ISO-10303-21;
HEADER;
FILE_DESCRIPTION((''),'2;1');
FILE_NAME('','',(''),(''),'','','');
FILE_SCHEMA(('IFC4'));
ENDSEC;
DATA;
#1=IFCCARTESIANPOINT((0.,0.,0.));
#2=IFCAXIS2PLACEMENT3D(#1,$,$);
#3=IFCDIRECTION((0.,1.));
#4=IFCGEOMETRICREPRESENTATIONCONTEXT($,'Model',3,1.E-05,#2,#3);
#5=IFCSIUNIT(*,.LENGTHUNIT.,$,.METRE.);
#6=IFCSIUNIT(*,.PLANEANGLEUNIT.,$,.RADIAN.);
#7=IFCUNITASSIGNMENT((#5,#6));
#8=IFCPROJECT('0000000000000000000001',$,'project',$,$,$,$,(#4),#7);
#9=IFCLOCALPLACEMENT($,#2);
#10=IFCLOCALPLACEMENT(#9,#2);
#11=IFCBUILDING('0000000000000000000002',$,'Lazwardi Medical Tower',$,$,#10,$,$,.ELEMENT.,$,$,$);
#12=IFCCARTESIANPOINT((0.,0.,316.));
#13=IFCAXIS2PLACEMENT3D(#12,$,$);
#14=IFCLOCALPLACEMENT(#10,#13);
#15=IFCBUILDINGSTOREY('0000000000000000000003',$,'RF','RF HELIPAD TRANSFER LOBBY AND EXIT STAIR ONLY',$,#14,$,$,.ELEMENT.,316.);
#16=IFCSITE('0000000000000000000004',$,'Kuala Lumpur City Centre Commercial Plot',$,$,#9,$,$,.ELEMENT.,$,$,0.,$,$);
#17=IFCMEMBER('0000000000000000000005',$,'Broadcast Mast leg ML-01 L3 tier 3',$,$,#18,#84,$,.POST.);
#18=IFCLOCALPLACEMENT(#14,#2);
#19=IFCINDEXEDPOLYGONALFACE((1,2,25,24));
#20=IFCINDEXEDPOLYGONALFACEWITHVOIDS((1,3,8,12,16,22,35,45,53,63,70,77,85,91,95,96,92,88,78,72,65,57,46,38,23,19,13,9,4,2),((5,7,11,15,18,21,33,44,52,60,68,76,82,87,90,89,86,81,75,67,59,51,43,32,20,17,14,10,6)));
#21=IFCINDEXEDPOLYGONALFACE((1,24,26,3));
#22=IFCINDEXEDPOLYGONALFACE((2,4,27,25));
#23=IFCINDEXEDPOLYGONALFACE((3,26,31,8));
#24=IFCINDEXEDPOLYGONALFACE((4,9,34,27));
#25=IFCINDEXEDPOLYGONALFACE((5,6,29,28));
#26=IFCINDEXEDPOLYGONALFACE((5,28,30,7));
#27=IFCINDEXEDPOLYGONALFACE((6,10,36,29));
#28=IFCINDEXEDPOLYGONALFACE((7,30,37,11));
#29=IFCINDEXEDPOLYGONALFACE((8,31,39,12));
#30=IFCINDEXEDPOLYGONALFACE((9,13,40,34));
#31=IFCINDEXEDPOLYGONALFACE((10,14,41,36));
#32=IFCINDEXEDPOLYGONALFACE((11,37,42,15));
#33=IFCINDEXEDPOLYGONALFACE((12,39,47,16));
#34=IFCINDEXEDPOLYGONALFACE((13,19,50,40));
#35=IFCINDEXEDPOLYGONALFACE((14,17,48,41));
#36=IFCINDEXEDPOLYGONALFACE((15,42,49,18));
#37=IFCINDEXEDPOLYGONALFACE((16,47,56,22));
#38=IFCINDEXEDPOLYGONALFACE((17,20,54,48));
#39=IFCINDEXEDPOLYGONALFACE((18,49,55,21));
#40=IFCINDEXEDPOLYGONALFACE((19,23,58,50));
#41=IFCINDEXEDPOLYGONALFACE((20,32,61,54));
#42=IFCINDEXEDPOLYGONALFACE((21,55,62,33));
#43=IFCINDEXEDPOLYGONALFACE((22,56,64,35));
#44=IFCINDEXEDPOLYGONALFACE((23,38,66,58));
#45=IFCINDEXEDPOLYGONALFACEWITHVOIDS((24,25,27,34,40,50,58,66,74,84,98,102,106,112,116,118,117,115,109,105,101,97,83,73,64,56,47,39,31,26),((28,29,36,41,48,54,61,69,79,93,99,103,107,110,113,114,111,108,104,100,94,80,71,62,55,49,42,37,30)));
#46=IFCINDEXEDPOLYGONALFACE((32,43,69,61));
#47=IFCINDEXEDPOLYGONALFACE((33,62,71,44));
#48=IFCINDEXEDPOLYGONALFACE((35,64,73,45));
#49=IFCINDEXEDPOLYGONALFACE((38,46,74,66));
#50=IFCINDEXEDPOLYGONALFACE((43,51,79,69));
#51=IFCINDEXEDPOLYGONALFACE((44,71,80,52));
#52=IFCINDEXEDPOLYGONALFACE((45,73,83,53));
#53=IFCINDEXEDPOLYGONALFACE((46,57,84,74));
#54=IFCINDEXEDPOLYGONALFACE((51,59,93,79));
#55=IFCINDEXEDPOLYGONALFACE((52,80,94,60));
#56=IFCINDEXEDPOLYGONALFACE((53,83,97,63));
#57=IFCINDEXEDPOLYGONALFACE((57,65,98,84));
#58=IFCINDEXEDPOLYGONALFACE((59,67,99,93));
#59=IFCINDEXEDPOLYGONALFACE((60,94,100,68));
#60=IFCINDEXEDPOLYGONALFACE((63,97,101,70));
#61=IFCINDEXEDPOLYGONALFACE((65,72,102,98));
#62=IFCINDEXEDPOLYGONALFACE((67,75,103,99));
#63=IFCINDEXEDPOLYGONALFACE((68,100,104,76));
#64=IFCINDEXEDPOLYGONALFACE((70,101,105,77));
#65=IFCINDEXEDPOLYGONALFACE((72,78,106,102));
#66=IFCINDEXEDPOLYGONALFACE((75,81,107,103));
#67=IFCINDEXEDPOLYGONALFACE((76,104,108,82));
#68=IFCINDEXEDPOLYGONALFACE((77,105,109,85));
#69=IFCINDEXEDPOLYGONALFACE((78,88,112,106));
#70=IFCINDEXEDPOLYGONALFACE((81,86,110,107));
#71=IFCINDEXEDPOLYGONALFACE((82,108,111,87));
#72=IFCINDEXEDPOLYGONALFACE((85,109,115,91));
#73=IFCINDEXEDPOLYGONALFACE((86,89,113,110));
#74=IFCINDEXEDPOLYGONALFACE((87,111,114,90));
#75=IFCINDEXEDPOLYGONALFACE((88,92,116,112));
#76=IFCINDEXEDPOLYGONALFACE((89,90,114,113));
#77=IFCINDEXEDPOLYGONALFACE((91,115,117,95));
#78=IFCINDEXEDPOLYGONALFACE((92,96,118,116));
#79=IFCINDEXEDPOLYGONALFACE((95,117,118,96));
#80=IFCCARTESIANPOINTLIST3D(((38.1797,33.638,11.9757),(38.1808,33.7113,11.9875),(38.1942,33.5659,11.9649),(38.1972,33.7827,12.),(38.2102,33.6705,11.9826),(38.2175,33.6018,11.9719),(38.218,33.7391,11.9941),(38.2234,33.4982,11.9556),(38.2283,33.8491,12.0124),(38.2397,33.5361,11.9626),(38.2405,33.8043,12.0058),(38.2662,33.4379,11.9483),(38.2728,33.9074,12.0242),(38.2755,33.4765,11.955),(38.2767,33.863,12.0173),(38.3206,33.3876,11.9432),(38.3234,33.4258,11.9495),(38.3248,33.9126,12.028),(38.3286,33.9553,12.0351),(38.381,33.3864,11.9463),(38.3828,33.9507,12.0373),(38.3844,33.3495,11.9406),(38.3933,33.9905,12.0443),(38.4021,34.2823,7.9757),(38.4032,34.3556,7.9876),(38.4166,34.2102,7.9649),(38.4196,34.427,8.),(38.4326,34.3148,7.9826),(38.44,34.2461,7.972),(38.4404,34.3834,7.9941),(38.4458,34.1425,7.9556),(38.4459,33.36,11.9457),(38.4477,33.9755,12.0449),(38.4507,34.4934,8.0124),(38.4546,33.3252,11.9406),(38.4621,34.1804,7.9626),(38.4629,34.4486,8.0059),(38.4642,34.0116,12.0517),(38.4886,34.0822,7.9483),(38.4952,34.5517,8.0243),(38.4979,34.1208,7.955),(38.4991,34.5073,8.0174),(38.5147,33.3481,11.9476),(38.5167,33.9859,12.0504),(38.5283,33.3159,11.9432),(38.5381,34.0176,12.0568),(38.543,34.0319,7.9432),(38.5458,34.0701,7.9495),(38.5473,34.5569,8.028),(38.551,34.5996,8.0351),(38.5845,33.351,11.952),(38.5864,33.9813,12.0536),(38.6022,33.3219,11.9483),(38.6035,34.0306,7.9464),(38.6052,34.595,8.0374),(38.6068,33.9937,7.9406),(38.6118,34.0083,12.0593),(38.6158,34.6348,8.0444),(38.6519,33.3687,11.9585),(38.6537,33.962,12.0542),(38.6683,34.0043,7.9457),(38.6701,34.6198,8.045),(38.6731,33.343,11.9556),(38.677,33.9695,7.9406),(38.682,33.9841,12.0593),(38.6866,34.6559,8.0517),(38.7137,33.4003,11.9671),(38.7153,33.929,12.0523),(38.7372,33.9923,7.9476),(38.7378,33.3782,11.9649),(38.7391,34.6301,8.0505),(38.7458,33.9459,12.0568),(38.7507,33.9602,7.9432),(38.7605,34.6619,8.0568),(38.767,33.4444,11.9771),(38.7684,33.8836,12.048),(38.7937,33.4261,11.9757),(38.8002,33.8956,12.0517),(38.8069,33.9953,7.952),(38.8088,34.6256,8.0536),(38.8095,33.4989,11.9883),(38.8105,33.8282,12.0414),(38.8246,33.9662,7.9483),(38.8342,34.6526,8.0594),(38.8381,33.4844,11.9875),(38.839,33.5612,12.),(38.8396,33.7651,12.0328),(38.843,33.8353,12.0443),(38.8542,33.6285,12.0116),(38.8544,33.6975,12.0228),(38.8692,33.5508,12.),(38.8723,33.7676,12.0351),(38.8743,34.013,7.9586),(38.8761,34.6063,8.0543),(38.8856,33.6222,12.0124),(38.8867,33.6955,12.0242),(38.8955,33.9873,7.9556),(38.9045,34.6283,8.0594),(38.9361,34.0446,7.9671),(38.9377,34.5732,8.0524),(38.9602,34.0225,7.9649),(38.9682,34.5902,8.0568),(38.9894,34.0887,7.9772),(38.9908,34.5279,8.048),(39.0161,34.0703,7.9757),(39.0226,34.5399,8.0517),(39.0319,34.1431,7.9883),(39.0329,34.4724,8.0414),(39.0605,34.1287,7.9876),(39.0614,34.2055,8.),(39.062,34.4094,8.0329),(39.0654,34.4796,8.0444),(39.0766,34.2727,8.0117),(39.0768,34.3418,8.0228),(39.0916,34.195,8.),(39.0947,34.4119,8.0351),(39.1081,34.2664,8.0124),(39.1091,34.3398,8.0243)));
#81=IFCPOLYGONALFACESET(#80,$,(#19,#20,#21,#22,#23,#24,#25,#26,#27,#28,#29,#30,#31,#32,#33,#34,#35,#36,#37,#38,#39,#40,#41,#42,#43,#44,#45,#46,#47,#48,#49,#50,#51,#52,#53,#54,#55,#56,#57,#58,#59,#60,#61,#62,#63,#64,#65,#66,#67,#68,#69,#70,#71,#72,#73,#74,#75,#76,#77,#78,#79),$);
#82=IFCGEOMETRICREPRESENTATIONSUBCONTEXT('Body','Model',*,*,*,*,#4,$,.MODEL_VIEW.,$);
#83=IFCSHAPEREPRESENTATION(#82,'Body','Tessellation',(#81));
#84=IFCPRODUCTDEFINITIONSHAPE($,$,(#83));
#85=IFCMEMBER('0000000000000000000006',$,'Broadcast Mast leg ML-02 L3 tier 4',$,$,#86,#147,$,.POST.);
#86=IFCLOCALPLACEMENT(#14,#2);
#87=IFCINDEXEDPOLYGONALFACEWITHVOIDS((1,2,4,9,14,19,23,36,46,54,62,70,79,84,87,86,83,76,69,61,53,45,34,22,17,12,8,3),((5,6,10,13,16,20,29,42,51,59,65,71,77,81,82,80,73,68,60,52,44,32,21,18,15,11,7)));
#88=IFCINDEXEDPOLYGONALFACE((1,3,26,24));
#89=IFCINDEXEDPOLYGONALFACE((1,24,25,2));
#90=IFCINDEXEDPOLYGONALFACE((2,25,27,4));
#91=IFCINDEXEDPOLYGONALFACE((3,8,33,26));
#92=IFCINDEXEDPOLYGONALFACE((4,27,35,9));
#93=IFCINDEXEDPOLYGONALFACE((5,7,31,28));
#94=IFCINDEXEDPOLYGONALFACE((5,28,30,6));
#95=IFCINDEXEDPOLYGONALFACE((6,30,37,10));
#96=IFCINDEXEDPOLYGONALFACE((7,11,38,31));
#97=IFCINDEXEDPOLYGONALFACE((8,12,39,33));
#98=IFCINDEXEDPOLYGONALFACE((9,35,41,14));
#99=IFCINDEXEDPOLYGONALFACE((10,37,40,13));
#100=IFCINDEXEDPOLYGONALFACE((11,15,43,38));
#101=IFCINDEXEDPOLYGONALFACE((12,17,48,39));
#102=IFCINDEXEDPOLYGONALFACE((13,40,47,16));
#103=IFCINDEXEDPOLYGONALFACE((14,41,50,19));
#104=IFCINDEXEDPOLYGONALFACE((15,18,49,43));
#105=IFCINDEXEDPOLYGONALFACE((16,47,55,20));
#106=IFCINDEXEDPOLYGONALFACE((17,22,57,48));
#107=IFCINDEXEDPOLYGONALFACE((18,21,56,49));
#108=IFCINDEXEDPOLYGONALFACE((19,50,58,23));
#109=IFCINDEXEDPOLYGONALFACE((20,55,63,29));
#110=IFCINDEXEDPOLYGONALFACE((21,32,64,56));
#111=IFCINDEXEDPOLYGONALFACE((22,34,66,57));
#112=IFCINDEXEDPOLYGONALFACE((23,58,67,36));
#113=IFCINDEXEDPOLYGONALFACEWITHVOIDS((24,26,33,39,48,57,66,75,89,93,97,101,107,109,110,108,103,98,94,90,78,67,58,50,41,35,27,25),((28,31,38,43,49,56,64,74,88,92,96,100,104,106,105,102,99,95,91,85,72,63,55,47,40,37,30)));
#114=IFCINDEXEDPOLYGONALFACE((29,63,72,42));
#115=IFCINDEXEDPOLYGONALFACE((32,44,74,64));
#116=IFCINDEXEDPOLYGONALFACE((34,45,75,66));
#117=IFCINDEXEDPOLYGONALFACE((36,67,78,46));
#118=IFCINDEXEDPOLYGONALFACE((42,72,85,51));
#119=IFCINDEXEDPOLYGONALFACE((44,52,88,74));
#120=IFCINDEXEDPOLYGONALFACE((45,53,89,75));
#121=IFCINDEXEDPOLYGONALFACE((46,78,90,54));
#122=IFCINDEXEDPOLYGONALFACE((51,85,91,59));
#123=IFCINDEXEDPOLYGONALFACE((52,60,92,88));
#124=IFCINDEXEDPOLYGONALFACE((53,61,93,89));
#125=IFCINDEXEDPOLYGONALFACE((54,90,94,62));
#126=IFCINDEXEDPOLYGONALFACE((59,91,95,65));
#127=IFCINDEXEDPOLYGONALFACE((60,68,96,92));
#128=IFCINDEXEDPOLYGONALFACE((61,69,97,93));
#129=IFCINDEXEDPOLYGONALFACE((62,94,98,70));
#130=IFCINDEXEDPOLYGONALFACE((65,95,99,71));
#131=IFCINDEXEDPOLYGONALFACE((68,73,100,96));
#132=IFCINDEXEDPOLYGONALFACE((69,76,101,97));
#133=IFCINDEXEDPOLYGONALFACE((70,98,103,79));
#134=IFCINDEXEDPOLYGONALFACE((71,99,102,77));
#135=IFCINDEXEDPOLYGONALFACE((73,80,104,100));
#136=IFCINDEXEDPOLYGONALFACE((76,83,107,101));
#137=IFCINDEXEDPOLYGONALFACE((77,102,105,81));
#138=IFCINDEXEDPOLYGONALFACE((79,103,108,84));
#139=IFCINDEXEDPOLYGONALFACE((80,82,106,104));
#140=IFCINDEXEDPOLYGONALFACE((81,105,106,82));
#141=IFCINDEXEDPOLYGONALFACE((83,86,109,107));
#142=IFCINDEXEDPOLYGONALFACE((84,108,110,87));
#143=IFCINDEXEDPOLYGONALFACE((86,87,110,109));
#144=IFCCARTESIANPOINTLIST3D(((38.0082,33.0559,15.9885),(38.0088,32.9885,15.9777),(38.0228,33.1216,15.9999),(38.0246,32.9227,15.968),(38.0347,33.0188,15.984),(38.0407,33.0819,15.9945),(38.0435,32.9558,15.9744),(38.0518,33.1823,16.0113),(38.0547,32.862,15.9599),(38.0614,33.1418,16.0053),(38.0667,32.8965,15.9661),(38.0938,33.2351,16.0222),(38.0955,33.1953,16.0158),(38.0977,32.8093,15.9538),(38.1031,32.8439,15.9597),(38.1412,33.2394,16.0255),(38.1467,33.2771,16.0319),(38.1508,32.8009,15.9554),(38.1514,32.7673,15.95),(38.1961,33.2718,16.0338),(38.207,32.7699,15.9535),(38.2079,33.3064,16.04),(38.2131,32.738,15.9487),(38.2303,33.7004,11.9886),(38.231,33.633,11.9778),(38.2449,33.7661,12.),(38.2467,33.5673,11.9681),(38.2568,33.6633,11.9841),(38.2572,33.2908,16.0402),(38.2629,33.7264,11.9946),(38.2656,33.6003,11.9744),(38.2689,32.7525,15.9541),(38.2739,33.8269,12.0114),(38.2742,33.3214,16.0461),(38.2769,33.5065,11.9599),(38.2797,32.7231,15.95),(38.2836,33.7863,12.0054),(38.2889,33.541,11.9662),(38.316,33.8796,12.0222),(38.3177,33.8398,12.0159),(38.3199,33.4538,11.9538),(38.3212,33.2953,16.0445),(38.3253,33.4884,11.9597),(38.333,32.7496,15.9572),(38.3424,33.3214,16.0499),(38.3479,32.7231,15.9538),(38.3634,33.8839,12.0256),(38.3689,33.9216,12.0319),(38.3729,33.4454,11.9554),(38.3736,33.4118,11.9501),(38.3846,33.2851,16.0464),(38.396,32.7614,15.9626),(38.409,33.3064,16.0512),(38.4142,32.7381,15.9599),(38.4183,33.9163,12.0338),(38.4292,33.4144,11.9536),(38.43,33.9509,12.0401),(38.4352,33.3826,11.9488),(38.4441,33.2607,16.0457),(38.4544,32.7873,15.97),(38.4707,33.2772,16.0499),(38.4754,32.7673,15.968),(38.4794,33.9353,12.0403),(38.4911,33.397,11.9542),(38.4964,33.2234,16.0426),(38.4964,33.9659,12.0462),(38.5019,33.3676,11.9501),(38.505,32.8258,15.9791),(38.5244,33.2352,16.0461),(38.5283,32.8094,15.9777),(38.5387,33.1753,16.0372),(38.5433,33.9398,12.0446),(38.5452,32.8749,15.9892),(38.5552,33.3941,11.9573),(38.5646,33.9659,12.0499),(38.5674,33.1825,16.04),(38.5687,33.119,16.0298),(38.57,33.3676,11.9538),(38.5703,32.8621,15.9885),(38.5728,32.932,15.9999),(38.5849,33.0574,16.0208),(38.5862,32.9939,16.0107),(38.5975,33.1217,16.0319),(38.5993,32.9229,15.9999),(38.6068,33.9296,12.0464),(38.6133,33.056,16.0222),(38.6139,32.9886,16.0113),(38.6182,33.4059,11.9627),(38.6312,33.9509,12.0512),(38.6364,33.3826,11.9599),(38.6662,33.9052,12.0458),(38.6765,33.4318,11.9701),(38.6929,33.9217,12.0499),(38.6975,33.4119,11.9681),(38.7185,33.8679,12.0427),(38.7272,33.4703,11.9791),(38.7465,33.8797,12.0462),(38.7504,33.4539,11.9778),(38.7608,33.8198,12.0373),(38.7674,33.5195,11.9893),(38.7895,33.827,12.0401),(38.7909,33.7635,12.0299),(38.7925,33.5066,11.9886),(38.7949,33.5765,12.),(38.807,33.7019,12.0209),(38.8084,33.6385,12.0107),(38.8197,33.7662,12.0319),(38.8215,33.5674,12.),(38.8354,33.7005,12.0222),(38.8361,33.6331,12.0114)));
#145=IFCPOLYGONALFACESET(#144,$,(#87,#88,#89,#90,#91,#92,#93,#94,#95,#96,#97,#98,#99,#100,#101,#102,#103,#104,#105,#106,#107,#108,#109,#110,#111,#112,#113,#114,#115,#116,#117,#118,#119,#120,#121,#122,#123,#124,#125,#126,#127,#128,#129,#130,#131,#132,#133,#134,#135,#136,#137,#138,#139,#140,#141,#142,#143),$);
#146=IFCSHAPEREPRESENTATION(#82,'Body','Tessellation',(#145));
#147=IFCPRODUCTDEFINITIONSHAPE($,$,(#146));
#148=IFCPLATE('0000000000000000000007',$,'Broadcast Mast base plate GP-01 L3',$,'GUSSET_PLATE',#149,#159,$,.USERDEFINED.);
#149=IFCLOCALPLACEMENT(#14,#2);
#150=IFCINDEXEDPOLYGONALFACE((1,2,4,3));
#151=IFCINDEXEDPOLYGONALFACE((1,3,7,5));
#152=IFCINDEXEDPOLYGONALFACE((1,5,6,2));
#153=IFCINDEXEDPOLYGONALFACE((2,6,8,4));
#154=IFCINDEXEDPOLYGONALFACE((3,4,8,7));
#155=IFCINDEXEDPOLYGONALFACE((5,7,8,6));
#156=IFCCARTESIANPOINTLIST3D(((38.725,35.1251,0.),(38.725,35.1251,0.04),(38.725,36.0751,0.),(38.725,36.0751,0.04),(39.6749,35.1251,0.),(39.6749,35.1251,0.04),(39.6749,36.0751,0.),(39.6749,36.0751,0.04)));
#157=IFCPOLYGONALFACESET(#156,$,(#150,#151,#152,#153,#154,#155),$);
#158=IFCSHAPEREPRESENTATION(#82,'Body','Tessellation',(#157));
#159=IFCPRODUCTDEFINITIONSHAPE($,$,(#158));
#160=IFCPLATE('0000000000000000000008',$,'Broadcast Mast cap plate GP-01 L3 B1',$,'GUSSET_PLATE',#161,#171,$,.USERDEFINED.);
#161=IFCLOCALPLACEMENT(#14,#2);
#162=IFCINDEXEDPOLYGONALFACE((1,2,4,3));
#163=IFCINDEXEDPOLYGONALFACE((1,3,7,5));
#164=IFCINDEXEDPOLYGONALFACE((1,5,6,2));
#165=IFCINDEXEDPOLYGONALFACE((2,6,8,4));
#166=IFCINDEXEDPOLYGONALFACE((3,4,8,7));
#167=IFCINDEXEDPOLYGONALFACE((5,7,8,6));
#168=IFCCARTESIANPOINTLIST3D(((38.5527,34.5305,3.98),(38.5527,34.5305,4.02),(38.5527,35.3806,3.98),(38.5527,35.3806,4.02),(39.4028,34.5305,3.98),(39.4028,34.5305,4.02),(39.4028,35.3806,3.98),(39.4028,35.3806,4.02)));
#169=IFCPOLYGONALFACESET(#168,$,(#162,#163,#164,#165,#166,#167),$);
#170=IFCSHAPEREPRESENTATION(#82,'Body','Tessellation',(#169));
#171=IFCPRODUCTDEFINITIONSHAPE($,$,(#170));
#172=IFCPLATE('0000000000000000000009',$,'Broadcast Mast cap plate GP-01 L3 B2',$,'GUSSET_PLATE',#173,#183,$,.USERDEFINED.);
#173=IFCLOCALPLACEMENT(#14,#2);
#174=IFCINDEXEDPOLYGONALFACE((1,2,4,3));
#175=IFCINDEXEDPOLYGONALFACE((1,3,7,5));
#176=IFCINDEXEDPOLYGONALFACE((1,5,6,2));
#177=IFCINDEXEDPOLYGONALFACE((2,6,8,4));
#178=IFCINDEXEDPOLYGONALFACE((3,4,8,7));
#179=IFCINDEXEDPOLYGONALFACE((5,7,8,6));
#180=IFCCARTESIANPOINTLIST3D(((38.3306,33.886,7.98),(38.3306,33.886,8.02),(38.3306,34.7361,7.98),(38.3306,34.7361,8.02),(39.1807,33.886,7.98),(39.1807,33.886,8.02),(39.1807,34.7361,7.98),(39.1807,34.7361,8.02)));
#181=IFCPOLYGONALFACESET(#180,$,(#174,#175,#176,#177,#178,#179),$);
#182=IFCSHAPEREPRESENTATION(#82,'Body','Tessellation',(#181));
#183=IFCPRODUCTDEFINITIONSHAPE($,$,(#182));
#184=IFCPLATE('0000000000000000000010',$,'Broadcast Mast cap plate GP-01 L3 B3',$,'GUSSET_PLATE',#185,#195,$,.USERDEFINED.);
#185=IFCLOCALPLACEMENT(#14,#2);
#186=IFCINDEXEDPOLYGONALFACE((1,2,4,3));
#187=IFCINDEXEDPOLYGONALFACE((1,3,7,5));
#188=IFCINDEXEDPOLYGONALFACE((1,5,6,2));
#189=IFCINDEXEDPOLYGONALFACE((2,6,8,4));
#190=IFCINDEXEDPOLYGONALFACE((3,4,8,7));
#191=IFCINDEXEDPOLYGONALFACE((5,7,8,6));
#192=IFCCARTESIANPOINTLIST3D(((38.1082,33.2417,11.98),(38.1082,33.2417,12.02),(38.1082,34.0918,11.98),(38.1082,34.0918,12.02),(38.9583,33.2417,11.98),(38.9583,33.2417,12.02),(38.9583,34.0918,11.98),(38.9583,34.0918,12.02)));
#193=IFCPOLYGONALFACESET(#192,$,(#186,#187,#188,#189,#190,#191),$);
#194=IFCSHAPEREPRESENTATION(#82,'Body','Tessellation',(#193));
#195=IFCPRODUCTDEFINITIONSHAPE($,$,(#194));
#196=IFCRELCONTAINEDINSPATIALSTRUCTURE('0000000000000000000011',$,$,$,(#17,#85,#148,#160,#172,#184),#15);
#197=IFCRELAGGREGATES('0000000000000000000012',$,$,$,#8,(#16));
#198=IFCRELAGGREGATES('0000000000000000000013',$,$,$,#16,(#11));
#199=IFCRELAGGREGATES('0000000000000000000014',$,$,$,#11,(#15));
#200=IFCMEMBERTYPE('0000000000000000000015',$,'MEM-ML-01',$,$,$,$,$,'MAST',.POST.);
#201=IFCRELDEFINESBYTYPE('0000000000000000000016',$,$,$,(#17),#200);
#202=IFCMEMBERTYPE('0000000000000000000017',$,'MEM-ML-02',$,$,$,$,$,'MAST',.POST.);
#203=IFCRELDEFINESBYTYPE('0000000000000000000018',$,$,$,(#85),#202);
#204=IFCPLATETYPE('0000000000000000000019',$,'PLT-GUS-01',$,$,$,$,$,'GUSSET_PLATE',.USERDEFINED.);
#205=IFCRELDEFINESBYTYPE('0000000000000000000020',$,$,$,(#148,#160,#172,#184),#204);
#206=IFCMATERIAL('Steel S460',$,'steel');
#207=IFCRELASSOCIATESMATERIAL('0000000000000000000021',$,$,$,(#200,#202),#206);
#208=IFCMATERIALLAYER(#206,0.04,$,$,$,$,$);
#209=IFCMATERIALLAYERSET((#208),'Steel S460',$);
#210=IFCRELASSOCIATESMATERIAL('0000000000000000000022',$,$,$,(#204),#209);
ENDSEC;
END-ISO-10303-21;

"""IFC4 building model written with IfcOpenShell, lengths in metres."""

from ifc_helpers import new_model, si_unit, direction, frame, origin, origin_2d, place, context, subcontext, project, spatial, rectangle, hollow_circle, extrude, material, layer, layer_set, material_profile, profile_set, type_object, element, save


model = new_model("IFC4")

# Units and contexts
model_context = context("Model", 3, precision=1e-05, world=origin(), true_north=direction((0.0, 1.0)))
body_context = subcontext(model_context, "Body", "Model", "MODEL_VIEW")
ifc_project = project(units=[si_unit("LENGTHUNIT", "METRE"), si_unit("PLANEANGLEUNIT", "RADIAN")], contexts=[model_context])

# Site, building, storey
site_placement = place(None, origin())
site = spatial("IfcSite", under=ifc_project, at=site_placement, Name="Kuala Lumpur City Centre Commercial Plot", CompositionType="ELEMENT", RefElevation=0.0)
building_placement = place(site_placement, origin())
building = spatial("IfcBuilding", under=site, at=building_placement, Name="Lazwardi Medical Tower", CompositionType="ELEMENT")
storey_placement = place(building_placement, frame((0.0, 0.0, 316.0)))
storey = spatial("IfcBuildingStorey", under=building, at=storey_placement, Name="RF", Description="RF HELIPAD TRANSFER LOBBY AND EXIT STAIR ONLY", CompositionType="ELEMENT", Elevation=316.0)

# Members
ifc_material_1 = material(Name="Steel S460", Category="steel")
ifc_material_profile_1 = material_profile(ifc_material_1, hollow_circle(Radius=0.3555, WallThickness=0.032, at=origin_2d()), Name="CHS 711x32")
ifc_profile_set_1 = profile_set([ifc_material_profile_1], Name="Steel S460")
member_type_1 = type_object("IfcMemberType", Name="MEM-ML-01", ElementType="MAST", PredefinedType="POST", material=ifc_profile_set_1)
for number, where, z_axis, x_axis, name in (
    (1, (38.7556, 34.311, 8.0), (-0.054813, -0.158783, 0.985791), (0.945263, -0.326311, 0.0), "Broadcast Mast leg ML-01 L3 tier 3"),
):
    element("IfcMember", number, at=place(storey_placement, frame(where, z_axis=z_axis, x_axis=x_axis)), inside=storey, type_object=member_type_1, Name=name, PredefinedType="POST", context=body_context, shape_type="SweptSolid", body=[
        extrude(hollow_circle(Radius=0.3555, WallThickness=0.032, at=origin_2d()), origin(), (0.0, 0.0, 1.0), 4.0576),
    ])
ifc_material_profile_2 = material_profile(ifc_material_1, hollow_circle(Radius=0.3049, WallThickness=0.0281, at=origin_2d()), Name="CHS 610x28")
ifc_profile_set_2 = profile_set([ifc_material_profile_2], Name="Steel S460")
member_type_2 = type_object("IfcMemberType", Name="MEM-ML-02", ElementType="MAST", PredefinedType="POST", material=ifc_profile_set_2)
member_1_placement = place(storey_placement, frame((38.5332, 33.6667, 12.0), z_axis=(-0.054752, -0.158842, 0.985785), x_axis=(0.945411, -0.32588, 0.0)))
element("IfcMember", 2, at=member_1_placement, inside=storey, type_object=member_type_2, Name="Broadcast Mast leg ML-02 L3 tier 4", PredefinedType="POST", context=body_context, shape_type="SweptSolid", body=[
    extrude(hollow_circle(Radius=0.3049, WallThickness=0.0281, at=origin_2d()), origin(), (0.0, 0.0, 1.0), 4.0576),
])

# Plates
ifc_layer_1 = layer(ifc_material_1, 0.04)
ifc_layer_set_1 = layer_set([ifc_layer_1], Name="Steel S460")
plate_type = type_object("IfcPlateType", Name="PLT-GUS-01", ElementType="GUSSET_PLATE", PredefinedType="USERDEFINED", material=ifc_layer_set_1)
plate_placement = place(storey_placement, frame((39.2, 35.6001, 0.0), z_axis=(0.0, 0.0, 1.0), x_axis=(1.0, 0.0, 0.0)))
element("IfcPlate", 3, at=plate_placement, inside=storey, type_object=plate_type, Name="Broadcast Mast base plate GP-01 L3", ObjectType="GUSSET_PLATE", PredefinedType="USERDEFINED", context=body_context, shape_type="SweptSolid", body=[
    extrude(rectangle(XDim=0.95, YDim=0.95, at=origin_2d()), origin(), (0.0, 0.0, 1.0), 0.04),
])
for number, where, z_axis, x_axis, name in (
    (4, (38.9778, 34.9556, 3.98), (0.0, 0.0, 1.0), (1.0, 0.0, 0.0), "Broadcast Mast cap plate GP-01 L3 B1"),
    (5, (38.7556, 34.311, 7.98), (0.0, 0.0, 1.0), (1.0, 0.0, 0.0), "Broadcast Mast cap plate GP-01 L3 B2"),
    (6, (38.5332, 33.6667, 11.98), (0.0, 0.0, 1.0), (1.0, 0.0, 0.0), "Broadcast Mast cap plate GP-01 L3 B3"),
):
    element("IfcPlate", number, at=place(storey_placement, frame(where, z_axis=z_axis, x_axis=x_axis)), inside=storey, type_object=plate_type, Name=name, ObjectType="GUSSET_PLATE", PredefinedType="USERDEFINED", context=body_context, shape_type="SweptSolid", body=[
        extrude(rectangle(XDim=0.8501, YDim=0.8501, at=origin_2d()), origin(), (0.0, 0.0, 1.0), 0.04),
    ])

save(model, "model.ifc")
